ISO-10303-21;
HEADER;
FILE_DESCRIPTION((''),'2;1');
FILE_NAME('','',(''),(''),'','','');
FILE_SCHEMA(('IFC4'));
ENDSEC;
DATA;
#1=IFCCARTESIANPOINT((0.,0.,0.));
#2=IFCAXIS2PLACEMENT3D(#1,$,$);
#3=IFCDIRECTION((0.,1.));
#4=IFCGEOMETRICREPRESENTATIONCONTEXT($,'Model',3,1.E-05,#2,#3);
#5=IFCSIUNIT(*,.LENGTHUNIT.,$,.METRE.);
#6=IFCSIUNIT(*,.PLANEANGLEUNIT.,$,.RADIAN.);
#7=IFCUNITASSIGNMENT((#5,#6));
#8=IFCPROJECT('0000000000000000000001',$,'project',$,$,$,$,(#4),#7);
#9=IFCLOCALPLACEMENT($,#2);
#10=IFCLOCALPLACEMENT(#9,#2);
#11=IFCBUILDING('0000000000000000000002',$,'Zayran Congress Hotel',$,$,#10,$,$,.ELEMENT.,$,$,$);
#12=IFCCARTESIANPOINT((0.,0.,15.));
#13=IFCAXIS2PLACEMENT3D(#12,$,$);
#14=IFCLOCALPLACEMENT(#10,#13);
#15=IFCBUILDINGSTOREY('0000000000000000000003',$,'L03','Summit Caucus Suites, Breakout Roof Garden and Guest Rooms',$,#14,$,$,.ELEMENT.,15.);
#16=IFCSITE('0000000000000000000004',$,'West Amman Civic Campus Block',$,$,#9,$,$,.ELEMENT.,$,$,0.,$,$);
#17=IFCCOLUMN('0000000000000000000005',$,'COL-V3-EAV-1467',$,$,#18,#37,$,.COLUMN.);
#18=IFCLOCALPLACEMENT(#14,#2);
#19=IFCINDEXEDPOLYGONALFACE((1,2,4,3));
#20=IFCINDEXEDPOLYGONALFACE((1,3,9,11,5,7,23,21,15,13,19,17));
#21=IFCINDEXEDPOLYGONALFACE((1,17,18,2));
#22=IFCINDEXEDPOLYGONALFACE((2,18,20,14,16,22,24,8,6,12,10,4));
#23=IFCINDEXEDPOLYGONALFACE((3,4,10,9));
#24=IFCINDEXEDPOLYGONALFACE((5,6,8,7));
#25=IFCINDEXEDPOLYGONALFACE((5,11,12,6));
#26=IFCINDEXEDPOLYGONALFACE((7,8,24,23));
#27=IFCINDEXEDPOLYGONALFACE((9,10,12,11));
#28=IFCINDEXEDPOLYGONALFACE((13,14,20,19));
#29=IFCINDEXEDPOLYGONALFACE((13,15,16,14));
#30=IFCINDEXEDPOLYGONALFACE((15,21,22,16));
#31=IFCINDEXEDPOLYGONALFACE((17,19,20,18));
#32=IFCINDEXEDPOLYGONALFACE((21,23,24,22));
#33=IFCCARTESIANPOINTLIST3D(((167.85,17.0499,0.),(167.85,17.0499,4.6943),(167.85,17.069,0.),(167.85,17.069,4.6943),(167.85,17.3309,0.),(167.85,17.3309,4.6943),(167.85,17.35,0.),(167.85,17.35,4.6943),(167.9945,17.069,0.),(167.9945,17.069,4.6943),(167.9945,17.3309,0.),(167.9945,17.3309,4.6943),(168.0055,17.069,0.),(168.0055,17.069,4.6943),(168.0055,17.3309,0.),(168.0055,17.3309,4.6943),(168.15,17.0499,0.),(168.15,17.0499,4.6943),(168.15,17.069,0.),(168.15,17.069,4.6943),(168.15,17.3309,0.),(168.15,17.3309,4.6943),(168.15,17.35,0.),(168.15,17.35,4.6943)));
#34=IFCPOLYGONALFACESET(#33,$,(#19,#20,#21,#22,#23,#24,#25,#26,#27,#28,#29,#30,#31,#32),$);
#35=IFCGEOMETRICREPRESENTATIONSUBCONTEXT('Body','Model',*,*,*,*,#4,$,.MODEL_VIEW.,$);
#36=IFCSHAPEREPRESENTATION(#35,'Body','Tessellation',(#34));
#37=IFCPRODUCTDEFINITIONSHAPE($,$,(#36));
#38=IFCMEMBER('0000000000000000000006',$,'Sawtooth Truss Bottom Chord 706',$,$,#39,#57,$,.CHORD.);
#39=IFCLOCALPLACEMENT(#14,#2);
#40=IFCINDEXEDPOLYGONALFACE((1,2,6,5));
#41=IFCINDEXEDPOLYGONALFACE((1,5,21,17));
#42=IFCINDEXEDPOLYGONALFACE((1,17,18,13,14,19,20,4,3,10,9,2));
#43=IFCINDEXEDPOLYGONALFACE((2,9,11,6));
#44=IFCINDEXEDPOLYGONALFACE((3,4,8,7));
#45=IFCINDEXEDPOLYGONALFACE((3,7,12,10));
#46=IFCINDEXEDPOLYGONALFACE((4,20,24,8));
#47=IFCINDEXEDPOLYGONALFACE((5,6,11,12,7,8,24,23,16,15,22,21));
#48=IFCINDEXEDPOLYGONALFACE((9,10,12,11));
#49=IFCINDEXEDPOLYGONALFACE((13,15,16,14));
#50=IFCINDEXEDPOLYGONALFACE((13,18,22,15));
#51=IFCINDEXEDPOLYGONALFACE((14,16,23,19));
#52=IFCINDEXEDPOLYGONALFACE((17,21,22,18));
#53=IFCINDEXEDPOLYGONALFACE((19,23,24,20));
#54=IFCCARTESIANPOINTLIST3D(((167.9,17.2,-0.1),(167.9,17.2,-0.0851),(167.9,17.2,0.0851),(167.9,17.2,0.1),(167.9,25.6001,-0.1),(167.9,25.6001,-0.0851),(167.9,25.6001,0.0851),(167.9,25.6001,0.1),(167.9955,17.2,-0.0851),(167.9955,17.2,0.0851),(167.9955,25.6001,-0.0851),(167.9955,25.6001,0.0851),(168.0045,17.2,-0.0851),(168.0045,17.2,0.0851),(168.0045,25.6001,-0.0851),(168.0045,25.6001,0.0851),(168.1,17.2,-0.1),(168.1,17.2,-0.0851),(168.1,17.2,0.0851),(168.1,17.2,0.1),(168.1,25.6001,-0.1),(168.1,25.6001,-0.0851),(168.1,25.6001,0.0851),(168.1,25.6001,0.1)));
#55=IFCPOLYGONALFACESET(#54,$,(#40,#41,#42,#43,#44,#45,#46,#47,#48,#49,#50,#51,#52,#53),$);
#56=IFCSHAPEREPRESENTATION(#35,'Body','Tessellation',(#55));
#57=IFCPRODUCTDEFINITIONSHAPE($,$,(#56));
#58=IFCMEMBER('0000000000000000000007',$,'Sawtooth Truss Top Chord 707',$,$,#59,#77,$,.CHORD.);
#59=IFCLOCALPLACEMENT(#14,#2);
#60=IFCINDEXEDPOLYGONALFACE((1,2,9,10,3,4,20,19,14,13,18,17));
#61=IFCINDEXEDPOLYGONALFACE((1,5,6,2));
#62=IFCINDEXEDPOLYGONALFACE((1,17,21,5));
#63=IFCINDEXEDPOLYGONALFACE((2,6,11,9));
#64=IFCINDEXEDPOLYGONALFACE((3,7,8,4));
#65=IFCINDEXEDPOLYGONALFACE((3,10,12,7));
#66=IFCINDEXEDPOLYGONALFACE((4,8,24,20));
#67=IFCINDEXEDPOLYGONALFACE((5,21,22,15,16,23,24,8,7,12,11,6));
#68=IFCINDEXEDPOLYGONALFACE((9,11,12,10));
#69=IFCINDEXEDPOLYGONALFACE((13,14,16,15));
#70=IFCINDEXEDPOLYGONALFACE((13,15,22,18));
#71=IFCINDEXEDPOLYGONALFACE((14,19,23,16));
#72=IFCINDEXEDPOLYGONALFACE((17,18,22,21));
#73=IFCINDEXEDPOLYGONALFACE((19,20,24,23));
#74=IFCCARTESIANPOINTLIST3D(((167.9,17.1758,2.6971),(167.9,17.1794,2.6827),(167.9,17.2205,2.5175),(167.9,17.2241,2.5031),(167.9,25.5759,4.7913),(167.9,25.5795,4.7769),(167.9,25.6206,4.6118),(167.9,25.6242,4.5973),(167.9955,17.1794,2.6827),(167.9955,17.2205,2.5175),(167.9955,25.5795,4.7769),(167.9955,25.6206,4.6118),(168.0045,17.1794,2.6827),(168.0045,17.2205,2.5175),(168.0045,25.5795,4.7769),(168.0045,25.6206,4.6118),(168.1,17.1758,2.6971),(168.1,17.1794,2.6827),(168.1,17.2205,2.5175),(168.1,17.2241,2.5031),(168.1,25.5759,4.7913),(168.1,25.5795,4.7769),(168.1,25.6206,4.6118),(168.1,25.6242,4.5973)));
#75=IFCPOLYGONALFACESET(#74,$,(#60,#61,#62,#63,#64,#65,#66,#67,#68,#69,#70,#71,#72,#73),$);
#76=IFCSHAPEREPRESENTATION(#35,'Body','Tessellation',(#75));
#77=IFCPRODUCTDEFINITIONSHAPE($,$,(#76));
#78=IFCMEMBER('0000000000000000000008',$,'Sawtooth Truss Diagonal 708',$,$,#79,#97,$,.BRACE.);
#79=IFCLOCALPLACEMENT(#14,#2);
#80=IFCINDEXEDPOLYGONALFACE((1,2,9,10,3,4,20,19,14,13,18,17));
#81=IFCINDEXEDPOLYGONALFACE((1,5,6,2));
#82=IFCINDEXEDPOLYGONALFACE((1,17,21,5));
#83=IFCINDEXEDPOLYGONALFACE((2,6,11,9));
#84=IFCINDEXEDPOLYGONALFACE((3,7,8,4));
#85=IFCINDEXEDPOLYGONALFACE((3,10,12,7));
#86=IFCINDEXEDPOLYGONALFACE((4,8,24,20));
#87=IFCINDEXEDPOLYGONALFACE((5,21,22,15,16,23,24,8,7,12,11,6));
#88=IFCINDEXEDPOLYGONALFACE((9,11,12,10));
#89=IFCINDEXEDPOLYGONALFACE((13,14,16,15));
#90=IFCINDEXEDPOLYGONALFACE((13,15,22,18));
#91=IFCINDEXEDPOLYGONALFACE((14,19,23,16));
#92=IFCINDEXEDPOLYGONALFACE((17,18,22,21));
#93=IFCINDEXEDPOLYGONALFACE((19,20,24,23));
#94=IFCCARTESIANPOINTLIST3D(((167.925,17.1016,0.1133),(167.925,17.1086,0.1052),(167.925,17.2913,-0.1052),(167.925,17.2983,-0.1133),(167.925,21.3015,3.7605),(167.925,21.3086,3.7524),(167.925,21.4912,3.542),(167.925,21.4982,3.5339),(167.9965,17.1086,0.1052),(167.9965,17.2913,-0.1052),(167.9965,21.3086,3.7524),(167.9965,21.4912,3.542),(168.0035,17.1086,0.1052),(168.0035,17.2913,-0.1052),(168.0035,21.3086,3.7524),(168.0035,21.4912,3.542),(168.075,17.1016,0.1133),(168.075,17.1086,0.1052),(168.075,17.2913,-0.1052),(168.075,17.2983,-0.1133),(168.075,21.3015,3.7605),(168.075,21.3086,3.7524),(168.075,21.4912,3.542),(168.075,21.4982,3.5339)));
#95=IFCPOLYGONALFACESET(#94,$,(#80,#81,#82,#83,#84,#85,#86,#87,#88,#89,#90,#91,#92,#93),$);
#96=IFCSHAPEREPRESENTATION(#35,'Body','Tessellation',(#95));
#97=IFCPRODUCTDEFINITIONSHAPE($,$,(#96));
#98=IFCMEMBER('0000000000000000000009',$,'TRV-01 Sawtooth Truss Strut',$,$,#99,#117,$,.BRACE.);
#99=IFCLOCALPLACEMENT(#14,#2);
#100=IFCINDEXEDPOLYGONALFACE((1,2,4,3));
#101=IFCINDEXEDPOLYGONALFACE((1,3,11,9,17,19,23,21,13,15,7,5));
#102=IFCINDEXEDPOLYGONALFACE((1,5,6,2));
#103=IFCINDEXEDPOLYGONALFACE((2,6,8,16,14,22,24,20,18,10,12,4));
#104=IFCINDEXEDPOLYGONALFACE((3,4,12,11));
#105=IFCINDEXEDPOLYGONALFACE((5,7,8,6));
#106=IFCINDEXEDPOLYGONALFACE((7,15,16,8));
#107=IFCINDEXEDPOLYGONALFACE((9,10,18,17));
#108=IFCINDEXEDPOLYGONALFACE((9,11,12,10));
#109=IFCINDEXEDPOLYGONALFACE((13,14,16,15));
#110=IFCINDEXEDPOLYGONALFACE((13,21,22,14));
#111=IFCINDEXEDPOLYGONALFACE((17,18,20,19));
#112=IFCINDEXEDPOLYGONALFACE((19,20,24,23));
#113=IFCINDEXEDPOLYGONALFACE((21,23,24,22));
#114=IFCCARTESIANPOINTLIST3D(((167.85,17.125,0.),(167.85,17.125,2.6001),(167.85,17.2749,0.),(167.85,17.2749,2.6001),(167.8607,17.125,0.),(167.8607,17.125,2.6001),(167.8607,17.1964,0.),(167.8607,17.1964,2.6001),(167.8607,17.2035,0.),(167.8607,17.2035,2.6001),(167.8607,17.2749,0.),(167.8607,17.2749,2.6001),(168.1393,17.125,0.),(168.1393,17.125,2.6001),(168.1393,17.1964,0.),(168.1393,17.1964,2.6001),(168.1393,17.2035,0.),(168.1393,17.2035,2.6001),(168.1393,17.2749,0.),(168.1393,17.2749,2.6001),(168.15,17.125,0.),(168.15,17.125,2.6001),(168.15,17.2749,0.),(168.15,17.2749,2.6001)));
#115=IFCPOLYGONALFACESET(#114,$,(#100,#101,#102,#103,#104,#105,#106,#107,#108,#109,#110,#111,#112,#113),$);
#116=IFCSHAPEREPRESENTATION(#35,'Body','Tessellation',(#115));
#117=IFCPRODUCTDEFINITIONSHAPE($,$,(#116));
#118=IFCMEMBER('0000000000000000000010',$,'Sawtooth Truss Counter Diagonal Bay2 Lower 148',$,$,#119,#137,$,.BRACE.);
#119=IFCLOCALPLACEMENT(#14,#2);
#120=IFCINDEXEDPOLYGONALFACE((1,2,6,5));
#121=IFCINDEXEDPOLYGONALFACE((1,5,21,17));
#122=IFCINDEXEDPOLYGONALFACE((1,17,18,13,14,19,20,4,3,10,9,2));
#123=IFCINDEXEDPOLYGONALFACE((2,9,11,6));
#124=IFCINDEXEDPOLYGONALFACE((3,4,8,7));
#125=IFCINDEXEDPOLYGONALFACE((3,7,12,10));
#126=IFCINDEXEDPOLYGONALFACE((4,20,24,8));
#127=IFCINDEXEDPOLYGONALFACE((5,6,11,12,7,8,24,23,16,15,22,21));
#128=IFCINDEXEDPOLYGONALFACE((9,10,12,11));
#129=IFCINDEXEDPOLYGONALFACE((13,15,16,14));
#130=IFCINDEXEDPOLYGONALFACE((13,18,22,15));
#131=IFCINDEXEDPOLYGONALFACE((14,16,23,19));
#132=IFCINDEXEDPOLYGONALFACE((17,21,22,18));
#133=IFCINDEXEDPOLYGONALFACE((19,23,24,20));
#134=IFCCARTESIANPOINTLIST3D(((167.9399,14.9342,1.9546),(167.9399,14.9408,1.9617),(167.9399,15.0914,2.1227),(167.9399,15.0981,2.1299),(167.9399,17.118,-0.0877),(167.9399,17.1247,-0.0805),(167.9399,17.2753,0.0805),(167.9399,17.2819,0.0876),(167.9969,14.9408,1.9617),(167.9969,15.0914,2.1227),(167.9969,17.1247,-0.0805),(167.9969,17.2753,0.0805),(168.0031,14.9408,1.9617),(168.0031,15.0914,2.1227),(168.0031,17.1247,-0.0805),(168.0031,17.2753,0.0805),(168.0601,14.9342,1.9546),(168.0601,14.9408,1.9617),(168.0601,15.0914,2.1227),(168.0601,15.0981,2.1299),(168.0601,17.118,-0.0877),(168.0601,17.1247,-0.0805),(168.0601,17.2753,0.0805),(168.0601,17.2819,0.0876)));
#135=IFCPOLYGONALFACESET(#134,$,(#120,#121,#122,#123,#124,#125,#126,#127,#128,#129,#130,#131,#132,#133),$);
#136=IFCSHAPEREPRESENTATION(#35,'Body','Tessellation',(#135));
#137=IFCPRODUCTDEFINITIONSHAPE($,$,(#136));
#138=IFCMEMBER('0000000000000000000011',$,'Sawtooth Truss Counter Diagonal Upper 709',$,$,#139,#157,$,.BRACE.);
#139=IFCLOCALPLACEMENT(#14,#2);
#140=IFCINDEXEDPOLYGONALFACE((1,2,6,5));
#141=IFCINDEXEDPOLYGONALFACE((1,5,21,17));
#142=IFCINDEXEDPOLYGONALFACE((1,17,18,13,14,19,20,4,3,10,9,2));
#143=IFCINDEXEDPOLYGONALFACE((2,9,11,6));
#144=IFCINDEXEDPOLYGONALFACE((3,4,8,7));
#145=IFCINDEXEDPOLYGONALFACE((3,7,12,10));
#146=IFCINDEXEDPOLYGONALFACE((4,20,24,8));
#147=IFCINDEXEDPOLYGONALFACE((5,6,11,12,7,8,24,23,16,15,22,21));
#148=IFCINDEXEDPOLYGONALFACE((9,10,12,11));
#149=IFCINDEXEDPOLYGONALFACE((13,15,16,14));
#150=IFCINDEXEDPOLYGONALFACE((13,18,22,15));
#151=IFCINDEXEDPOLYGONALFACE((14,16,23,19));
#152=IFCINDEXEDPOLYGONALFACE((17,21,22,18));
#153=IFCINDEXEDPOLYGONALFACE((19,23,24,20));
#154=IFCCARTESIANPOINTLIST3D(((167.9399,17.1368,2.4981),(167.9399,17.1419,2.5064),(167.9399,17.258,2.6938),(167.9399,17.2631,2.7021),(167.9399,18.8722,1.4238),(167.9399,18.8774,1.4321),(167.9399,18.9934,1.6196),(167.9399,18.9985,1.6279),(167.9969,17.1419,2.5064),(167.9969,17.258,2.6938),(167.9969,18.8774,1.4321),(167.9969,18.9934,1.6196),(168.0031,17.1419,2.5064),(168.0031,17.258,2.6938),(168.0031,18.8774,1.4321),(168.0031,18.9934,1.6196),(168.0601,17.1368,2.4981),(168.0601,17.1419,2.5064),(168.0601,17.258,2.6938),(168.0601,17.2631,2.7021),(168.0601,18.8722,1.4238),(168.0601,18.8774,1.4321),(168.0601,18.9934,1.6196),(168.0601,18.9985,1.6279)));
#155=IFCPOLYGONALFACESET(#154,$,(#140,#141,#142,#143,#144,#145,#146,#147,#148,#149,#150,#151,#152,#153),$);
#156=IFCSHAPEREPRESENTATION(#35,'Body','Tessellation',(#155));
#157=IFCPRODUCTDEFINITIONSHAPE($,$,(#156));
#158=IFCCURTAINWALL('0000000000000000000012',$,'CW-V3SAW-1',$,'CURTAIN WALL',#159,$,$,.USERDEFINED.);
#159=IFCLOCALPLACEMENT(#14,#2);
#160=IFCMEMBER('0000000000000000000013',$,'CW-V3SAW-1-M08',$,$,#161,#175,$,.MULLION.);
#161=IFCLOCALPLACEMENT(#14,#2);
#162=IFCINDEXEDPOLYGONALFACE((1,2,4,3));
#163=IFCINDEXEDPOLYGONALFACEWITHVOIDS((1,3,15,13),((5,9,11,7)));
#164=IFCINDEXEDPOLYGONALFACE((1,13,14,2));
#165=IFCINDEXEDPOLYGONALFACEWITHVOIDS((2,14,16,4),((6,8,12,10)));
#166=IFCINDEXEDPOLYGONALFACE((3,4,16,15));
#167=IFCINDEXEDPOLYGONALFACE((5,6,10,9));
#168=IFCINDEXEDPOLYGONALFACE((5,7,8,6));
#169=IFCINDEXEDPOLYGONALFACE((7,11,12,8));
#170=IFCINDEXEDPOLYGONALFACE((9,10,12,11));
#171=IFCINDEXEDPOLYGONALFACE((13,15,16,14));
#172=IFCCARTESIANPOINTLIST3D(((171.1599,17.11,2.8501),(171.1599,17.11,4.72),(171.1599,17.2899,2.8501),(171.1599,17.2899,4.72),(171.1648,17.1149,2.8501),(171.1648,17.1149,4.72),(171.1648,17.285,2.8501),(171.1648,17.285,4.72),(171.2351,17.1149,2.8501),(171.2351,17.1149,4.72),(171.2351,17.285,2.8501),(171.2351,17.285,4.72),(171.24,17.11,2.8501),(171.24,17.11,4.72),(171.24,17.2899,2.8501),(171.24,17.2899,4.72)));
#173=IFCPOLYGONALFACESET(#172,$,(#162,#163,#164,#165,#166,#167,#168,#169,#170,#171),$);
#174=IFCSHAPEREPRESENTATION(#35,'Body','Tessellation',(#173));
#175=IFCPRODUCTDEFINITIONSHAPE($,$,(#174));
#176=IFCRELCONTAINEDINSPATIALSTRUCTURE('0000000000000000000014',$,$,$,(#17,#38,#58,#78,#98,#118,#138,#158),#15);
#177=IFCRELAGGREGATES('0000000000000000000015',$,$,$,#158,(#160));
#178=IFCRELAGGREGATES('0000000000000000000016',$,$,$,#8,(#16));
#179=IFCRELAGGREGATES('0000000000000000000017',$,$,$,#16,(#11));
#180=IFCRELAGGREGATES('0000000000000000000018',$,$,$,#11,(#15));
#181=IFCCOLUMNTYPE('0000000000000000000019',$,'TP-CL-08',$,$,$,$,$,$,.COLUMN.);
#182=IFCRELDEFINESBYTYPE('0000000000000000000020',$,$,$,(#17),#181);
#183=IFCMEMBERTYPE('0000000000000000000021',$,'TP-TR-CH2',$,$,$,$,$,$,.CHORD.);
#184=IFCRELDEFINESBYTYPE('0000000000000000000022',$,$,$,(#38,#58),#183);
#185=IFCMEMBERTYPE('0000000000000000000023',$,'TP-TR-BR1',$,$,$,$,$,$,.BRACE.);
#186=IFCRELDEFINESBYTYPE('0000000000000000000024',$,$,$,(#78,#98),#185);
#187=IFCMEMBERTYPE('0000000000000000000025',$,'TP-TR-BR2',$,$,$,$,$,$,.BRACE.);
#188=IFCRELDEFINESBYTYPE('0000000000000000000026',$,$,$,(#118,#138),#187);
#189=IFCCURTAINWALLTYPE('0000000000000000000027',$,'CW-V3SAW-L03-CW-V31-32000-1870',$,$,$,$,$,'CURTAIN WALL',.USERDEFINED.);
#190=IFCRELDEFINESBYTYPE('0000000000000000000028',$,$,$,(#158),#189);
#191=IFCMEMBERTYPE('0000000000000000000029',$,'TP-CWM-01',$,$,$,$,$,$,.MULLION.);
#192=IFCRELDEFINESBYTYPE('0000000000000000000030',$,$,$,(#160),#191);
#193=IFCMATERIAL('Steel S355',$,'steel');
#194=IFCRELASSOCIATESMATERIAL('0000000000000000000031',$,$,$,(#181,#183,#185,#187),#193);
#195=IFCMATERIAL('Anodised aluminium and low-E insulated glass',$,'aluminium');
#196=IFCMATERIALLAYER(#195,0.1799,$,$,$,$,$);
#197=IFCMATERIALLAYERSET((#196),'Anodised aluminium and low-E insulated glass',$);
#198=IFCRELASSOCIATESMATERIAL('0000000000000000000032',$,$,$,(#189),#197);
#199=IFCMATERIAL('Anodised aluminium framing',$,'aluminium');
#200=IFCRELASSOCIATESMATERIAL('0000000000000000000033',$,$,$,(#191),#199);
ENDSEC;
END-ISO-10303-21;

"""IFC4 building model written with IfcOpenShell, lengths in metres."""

from ifc_helpers import new_model, si_unit, direction, frame, origin, origin_2d, place, context, subcontext, project, spatial, hollow_rectangle, i_section, extrude, material, layer, layer_set, material_profile, profile_set, type_object, element, aggregate, save


model = new_model("IFC4")

# Units and contexts
model_context = context("Model", 3, precision=1e-05, world=origin(), true_north=direction((0.0, 1.0)))
body_context = subcontext(model_context, "Body", "Model", "MODEL_VIEW")
ifc_project = project(units=[si_unit("LENGTHUNIT", "METRE"), si_unit("PLANEANGLEUNIT", "RADIAN")], contexts=[model_context])

# Site, building, storey
site_placement = place(None, origin())
site = spatial("IfcSite", under=ifc_project, at=site_placement, Name="West Amman Civic Campus Block", CompositionType="ELEMENT", RefElevation=0.0)
building_placement = place(site_placement, origin())
building = spatial("IfcBuilding", under=site, at=building_placement, Name="Zayran Congress Hotel", CompositionType="ELEMENT")
storey_placement = place(building_placement, frame((0.0, 0.0, 15.0)))
storey = spatial("IfcBuildingStorey", under=building, at=storey_placement, Name="L03", Description="Summit Caucus Suites, Breakout Roof Garden and Guest Rooms", CompositionType="ELEMENT", Elevation=15.0)

# Column
ifc_material_1 = material(Name="Steel S355", Category="steel")
ifc_material_profile_1 = material_profile(ifc_material_1, i_section(OverallWidth=0.3, OverallDepth=0.3, WebThickness=0.011, FlangeThickness=0.019, at=origin_2d()), Name="HEB 300")
ifc_profile_set_1 = profile_set([ifc_material_profile_1], Name="Steel S355")
column_type = type_object("IfcColumnType", Name="TP-CL-08", PredefinedType="COLUMN", material=ifc_profile_set_1)
column_placement = place(storey_placement, frame((168.0, 17.2, 0.0), z_axis=(0.0, 0.0, 1.0), x_axis=(1.0, 0.0, 0.0)))
element("IfcColumn", 1, at=column_placement, inside=storey, type_object=column_type, Name="COL-V3-EAV-1467", PredefinedType="COLUMN", context=body_context, shape_type="SweptSolid", body=[
    extrude(i_section(OverallWidth=0.3, OverallDepth=0.3, WebThickness=0.011, FlangeThickness=0.019, at=origin_2d()), origin(), (0.0, 0.0, 1.0), 4.6943),
])

# Members
ifc_material_profile_2 = material_profile(ifc_material_1, i_section(OverallWidth=0.2, OverallDepth=0.2, WebThickness=0.009, FlangeThickness=0.0149, at=origin_2d()), Name="HEB 200")
ifc_profile_set_2 = profile_set([ifc_material_profile_2], Name="Steel S355")
member_type_1 = type_object("IfcMemberType", Name="TP-TR-CH2", PredefinedType="CHORD", material=ifc_profile_set_2)
member_1_placement = place(storey_placement, frame((168.0, 17.2, 0.0), z_axis=(0.0, 1.0, 0.0), x_axis=(-1.0, 0.0, 0.0)))
element("IfcMember", 2, at=member_1_placement, inside=storey, type_object=member_type_1, Name="Sawtooth Truss Bottom Chord 706", PredefinedType="CHORD", context=body_context, shape_type="SweptSolid", body=[
    extrude(i_section(OverallWidth=0.2, OverallDepth=0.2, WebThickness=0.009, FlangeThickness=0.0149, at=origin_2d()), origin(), (0.0, 0.0, 1.0), 8.4001),
])
member_2_placement = place(storey_placement, frame((168.0, 17.2, 2.6001), z_axis=(0.0, 0.9703, 0.241905), x_axis=(-1.0, 0.0, 0.0)))
element("IfcMember", 3, at=member_2_placement, inside=storey, type_object=member_type_1, Name="Sawtooth Truss Top Chord 707", PredefinedType="CHORD", context=body_context, shape_type="SweptSolid", body=[
    extrude(i_section(OverallWidth=0.2, OverallDepth=0.2, WebThickness=0.009, FlangeThickness=0.0149, at=origin_2d()), origin(), (0.0, 0.0, 1.0), 8.6572),
])
ifc_material_profile_3 = material_profile(ifc_material_1, i_section(OverallWidth=0.1499, OverallDepth=0.3, WebThickness=0.0071, FlangeThickness=0.0107, at=origin_2d()), Name="IPE 300")
ifc_profile_set_3 = profile_set([ifc_material_profile_3], Name="Steel S355")
member_type_2 = type_object("IfcMemberType", Name="TP-TR-BR1", PredefinedType="BRACE", material=ifc_profile_set_3)
member_3_placement = place(storey_placement, frame((168.0, 17.2, 0.0), z_axis=(0.0, 0.755043, 0.655675), x_axis=(-1.0, 0.0, 0.0)))
element("IfcMember", 4, at=member_3_placement, inside=storey, type_object=member_type_2, Name="Sawtooth Truss Diagonal 708", PredefinedType="BRACE", context=body_context, shape_type="SweptSolid", body=[
    extrude(i_section(OverallWidth=0.1499, OverallDepth=0.3, WebThickness=0.0071, FlangeThickness=0.0107, at=origin_2d()), origin(), (0.0, 0.0, 1.0), 5.5625),
])
member_4_placement = place(storey_placement, frame((168.0, 17.2, 0.0), z_axis=(0.0, 0.0, 1.0), x_axis=(0.0, 1.0, 0.0)))
element("IfcMember", 5, at=member_4_placement, inside=storey, type_object=member_type_2, Name="TRV-01 Sawtooth Truss Strut", PredefinedType="BRACE", context=body_context, shape_type="SweptSolid", body=[
    extrude(i_section(OverallWidth=0.1499, OverallDepth=0.3, WebThickness=0.0071, FlangeThickness=0.0107, at=origin_2d()), origin(), (0.0, 0.0, 1.0), 2.6001),
])
ifc_material_profile_4 = material_profile(ifc_material_1, i_section(OverallWidth=0.1201, OverallDepth=0.24, WebThickness=0.0061, FlangeThickness=0.0098, at=origin_2d()), Name="IPE 240")
ifc_profile_set_4 = profile_set([ifc_material_profile_4], Name="Steel S355")
member_type_3 = type_object("IfcMemberType", Name="TP-TR-BR2", PredefinedType="BRACE", material=ifc_profile_set_4)
member_5_placement = place(storey_placement, frame((168.0, 15.0161, 2.0422), z_axis=(0.0, 0.73039, -0.683031), x_axis=(-1.0, 0.0, 0.0)))
element("IfcMember", 6, at=member_5_placement, inside=storey, type_object=member_type_3, Name="Sawtooth Truss Counter Diagonal Bay2 Lower 148", PredefinedType="BRACE", context=body_context, shape_type="SweptSolid", body=[
    extrude(i_section(OverallWidth=0.1201, OverallDepth=0.24, WebThickness=0.0061, FlangeThickness=0.0098, at=origin_2d()), origin(), (0.0, 0.0, 1.0), 2.99),
])
member_6_placement = place(storey_placement, frame((168.0, 17.2, 2.6001), z_axis=(0.0, 0.850275, -0.526338), x_axis=(-1.0, 0.0, 0.0)))
element("IfcMember", 7, at=member_6_placement, inside=storey, type_object=member_type_3, Name="Sawtooth Truss Counter Diagonal Upper 709", PredefinedType="BRACE", context=body_context, shape_type="SweptSolid", body=[
    extrude(i_section(OverallWidth=0.1201, OverallDepth=0.24, WebThickness=0.0061, FlangeThickness=0.0098, at=origin_2d()), origin(), (0.0, 0.0, 1.0), 2.041),
])

# Curtain wall, member
ifc_material_2 = material(Name="Anodised aluminium and low-E insulated glass", Category="aluminium")
ifc_layer_1 = layer(ifc_material_2, 0.1799)
ifc_layer_set_1 = layer_set([ifc_layer_1], Name="Anodised aluminium and low-E insulated glass")
curtain_wall_type = type_object("IfcCurtainWallType", Name="CW-V3SAW-L03-CW-V31-32000-1870", ElementType="CURTAIN WALL", PredefinedType="USERDEFINED", material=ifc_layer_set_1)
curtain_wall_placement = place(storey_placement, origin())
curtain_wall = element("IfcCurtainWall", 8, at=curtain_wall_placement, inside=storey, type_object=curtain_wall_type, Name="CW-V3SAW-1", ObjectType="CURTAIN WALL", PredefinedType="USERDEFINED")
ifc_material_3 = material(Name="Anodised aluminium framing", Category="aluminium")
ifc_material_profile_5 = material_profile(ifc_material_3, hollow_rectangle(XDim=0.0801, YDim=0.1799, WallThickness=0.0049, at=origin_2d()), Name="RHS 180x80x5")
ifc_profile_set_5 = profile_set([ifc_material_profile_5], Name="Anodised aluminium framing")
member_type_4 = type_object("IfcMemberType", Name="TP-CWM-01", PredefinedType="MULLION", material=ifc_profile_set_5)
member_7_placement = place(storey_placement, frame((171.2, 17.2, 2.8501), z_axis=(0.0, 0.0, 1.0), x_axis=(1.0, 0.0, 0.0)))
member_7 = element("IfcMember", 9, at=member_7_placement, type_object=member_type_4, Name="CW-V3SAW-1-M08", PredefinedType="MULLION", context=body_context, shape_type="SweptSolid", body=[
    extrude(hollow_rectangle(XDim=0.0801, YDim=0.1799, WallThickness=0.0049, at=origin_2d()), origin(), (0.0, 0.0, 1.0), 1.8699),
])

aggregate(curtain_wall, [member_7])

save(model, "model.ifc")
